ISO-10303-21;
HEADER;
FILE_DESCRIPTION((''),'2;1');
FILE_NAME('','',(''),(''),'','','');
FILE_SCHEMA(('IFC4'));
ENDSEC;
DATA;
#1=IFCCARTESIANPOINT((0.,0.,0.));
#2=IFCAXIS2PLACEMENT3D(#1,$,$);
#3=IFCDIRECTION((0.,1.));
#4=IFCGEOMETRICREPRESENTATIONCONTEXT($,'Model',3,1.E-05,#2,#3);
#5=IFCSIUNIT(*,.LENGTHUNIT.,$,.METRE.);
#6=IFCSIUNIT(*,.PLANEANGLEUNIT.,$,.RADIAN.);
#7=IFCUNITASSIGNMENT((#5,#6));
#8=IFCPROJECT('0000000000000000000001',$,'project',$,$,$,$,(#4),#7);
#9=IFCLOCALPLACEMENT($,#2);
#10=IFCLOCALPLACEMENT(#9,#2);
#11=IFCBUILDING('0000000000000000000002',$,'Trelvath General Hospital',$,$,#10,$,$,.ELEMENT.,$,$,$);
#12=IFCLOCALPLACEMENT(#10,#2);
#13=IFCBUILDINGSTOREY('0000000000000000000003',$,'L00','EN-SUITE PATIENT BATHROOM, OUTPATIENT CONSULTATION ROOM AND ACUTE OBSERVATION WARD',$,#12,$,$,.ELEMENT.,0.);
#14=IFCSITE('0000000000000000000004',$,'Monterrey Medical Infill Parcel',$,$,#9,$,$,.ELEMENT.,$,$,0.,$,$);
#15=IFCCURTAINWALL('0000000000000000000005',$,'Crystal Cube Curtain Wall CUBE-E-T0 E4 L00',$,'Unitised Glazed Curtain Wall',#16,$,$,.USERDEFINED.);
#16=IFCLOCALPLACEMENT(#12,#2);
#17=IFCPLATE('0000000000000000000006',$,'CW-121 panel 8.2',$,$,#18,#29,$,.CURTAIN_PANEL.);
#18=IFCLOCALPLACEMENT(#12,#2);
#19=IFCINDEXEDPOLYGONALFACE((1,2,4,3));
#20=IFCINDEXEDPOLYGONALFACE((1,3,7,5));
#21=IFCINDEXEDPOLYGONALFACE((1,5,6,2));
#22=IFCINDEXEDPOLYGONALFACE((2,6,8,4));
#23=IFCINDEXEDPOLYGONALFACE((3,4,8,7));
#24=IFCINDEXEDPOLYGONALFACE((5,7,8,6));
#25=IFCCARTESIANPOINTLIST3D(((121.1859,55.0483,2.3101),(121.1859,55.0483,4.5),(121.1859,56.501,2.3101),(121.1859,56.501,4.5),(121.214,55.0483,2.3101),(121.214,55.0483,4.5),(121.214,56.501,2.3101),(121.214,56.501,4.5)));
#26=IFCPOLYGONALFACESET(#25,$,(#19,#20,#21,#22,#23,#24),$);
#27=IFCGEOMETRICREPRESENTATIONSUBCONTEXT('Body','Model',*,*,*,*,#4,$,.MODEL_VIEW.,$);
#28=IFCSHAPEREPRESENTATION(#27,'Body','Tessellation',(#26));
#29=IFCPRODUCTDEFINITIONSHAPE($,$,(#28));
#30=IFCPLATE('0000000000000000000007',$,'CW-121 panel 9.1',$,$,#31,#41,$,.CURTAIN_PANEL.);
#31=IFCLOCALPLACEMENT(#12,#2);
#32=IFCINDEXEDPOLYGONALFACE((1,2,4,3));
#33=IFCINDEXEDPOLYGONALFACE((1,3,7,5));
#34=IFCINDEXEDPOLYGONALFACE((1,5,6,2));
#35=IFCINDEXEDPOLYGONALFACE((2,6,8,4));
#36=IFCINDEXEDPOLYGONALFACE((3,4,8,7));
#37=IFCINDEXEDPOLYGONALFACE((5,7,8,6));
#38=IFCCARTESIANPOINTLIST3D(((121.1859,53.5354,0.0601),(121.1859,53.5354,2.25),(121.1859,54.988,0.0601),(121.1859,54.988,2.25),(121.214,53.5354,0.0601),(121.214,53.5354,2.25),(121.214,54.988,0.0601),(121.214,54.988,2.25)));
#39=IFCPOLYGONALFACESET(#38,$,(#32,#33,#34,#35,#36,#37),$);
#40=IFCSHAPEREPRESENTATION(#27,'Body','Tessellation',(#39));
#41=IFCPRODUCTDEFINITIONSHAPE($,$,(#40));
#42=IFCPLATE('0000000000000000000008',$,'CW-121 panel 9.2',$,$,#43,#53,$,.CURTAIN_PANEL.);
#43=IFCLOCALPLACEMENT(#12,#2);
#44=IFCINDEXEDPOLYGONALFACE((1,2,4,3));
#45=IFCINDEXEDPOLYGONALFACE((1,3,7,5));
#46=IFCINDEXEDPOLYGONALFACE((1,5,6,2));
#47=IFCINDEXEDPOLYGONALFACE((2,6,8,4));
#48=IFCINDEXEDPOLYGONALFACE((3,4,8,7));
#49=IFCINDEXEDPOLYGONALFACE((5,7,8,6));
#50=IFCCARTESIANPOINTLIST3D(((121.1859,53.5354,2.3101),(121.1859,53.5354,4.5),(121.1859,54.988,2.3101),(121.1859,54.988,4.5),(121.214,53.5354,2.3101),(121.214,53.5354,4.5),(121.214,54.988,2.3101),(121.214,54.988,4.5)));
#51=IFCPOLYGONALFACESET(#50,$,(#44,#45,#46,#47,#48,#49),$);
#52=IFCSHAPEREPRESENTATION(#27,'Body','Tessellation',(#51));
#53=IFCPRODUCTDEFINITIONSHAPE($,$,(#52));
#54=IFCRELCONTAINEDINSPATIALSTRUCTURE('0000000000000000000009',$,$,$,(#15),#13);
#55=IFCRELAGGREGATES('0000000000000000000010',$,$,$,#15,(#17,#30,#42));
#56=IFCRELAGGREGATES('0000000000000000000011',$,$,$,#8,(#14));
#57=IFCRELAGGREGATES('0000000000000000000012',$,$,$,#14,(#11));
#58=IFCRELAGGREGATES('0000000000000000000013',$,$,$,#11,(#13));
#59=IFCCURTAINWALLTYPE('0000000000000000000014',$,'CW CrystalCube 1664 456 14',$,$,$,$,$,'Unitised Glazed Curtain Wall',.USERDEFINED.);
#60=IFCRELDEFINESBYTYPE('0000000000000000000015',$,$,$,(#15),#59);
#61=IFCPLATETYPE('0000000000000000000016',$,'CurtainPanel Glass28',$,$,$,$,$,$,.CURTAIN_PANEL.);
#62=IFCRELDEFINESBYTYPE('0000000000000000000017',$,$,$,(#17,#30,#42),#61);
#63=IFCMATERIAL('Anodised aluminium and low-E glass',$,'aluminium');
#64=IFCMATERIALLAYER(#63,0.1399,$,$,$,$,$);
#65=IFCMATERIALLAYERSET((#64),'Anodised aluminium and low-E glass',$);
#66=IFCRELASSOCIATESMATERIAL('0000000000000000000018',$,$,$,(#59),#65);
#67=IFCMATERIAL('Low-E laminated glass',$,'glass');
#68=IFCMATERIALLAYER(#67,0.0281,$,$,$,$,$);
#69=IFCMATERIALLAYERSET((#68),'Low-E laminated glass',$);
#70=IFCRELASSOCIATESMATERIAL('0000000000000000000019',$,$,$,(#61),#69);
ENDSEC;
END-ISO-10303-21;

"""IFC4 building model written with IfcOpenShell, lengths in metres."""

from ifc_helpers import new_model, si_unit, direction, frame, origin, origin_2d, place, context, subcontext, project, spatial, rectangle, extrude, material, layer, layer_set, type_object, element, aggregate, save


model = new_model("IFC4")

# Units and contexts
model_context = context("Model", 3, precision=1e-05, world=origin(), true_north=direction((0.0, 1.0)))
body_context = subcontext(model_context, "Body", "Model", "MODEL_VIEW")
ifc_project = project(units=[si_unit("LENGTHUNIT", "METRE"), si_unit("PLANEANGLEUNIT", "RADIAN")], contexts=[model_context])

# Site, building, storey
site_placement = place(None, origin())
site = spatial("IfcSite", under=ifc_project, at=site_placement, Name="Monterrey Medical Infill Parcel", CompositionType="ELEMENT", RefElevation=0.0)
building_placement = place(site_placement, origin())
building = spatial("IfcBuilding", under=site, at=building_placement, Name="Trelvath General Hospital", CompositionType="ELEMENT")
storey_placement = place(building_placement, origin())
storey = spatial("IfcBuildingStorey", under=building, at=storey_placement, Name="L00", Description="EN-SUITE PATIENT BATHROOM, OUTPATIENT CONSULTATION ROOM AND ACUTE OBSERVATION WARD", CompositionType="ELEMENT", Elevation=0.0)

# Curtain wall, plates
ifc_material_1 = material(Name="Anodised aluminium and low-E glass", Category="aluminium")
ifc_layer_1 = layer(ifc_material_1, 0.1399)
ifc_layer_set_1 = layer_set([ifc_layer_1], Name="Anodised aluminium and low-E glass")
curtain_wall_type = type_object("IfcCurtainWallType", Name="CW CrystalCube 1664 456 14", ElementType="Unitised Glazed Curtain Wall", PredefinedType="USERDEFINED", material=ifc_layer_set_1)
curtain_wall_placement = place(storey_placement, origin())
curtain_wall = element("IfcCurtainWall", 1, at=curtain_wall_placement, inside=storey, type_object=curtain_wall_type, Name="Crystal Cube Curtain Wall CUBE-E-T0 E4 L00", ObjectType="Unitised Glazed Curtain Wall", PredefinedType="USERDEFINED")
ifc_material_2 = material(Name="Low-E laminated glass", Category="glass")
ifc_layer_2 = layer(ifc_material_2, 0.0281)
ifc_layer_set_2 = layer_set([ifc_layer_2], Name="Low-E laminated glass")
plate_type = type_object("IfcPlateType", Name="CurtainPanel Glass28", PredefinedType="CURTAIN_PANEL", material=ifc_layer_set_2)
plate_1_placement = place(storey_placement, frame((121.2, 55.7747, 2.3101), z_axis=(0.0, 0.0, 1.0), x_axis=(0.0, -1.0, 0.0)))
plate_1 = element("IfcPlate", 2, at=plate_1_placement, type_object=plate_type, Name="CW-121 panel 8.2", PredefinedType="CURTAIN_PANEL", context=body_context, shape_type="SweptSolid", body=[
    extrude(rectangle(XDim=1.4526, YDim=0.0281, at=origin_2d()), origin(), (0.0, 0.0, 1.0), 2.1899),
])
plate_2_placement = place(storey_placement, frame((121.2, 54.2617, 0.0601), z_axis=(0.0, 0.0, 1.0), x_axis=(0.0, -1.0, 0.0)))
plate_2 = element("IfcPlate", 3, at=plate_2_placement, type_object=plate_type, Name="CW-121 panel 9.1", PredefinedType="CURTAIN_PANEL", context=body_context, shape_type="SweptSolid", body=[
    extrude(rectangle(XDim=1.4526, YDim=0.0281, at=origin_2d()), origin(), (0.0, 0.0, 1.0), 2.1899),
])
plate_3_placement = place(storey_placement, frame((121.2, 54.2617, 2.3101), z_axis=(0.0, 0.0, 1.0), x_axis=(0.0, -1.0, 0.0)))
plate_3 = element("IfcPlate", 4, at=plate_3_placement, type_object=plate_type, Name="CW-121 panel 9.2", PredefinedType="CURTAIN_PANEL", context=body_context, shape_type="SweptSolid", body=[
    extrude(rectangle(XDim=1.4526, YDim=0.0281, at=origin_2d()), origin(), (0.0, 0.0, 1.0), 2.1899),
])
aggregate(curtain_wall, [plate_1, plate_2, plate_3])

save(model, "model.ifc")
